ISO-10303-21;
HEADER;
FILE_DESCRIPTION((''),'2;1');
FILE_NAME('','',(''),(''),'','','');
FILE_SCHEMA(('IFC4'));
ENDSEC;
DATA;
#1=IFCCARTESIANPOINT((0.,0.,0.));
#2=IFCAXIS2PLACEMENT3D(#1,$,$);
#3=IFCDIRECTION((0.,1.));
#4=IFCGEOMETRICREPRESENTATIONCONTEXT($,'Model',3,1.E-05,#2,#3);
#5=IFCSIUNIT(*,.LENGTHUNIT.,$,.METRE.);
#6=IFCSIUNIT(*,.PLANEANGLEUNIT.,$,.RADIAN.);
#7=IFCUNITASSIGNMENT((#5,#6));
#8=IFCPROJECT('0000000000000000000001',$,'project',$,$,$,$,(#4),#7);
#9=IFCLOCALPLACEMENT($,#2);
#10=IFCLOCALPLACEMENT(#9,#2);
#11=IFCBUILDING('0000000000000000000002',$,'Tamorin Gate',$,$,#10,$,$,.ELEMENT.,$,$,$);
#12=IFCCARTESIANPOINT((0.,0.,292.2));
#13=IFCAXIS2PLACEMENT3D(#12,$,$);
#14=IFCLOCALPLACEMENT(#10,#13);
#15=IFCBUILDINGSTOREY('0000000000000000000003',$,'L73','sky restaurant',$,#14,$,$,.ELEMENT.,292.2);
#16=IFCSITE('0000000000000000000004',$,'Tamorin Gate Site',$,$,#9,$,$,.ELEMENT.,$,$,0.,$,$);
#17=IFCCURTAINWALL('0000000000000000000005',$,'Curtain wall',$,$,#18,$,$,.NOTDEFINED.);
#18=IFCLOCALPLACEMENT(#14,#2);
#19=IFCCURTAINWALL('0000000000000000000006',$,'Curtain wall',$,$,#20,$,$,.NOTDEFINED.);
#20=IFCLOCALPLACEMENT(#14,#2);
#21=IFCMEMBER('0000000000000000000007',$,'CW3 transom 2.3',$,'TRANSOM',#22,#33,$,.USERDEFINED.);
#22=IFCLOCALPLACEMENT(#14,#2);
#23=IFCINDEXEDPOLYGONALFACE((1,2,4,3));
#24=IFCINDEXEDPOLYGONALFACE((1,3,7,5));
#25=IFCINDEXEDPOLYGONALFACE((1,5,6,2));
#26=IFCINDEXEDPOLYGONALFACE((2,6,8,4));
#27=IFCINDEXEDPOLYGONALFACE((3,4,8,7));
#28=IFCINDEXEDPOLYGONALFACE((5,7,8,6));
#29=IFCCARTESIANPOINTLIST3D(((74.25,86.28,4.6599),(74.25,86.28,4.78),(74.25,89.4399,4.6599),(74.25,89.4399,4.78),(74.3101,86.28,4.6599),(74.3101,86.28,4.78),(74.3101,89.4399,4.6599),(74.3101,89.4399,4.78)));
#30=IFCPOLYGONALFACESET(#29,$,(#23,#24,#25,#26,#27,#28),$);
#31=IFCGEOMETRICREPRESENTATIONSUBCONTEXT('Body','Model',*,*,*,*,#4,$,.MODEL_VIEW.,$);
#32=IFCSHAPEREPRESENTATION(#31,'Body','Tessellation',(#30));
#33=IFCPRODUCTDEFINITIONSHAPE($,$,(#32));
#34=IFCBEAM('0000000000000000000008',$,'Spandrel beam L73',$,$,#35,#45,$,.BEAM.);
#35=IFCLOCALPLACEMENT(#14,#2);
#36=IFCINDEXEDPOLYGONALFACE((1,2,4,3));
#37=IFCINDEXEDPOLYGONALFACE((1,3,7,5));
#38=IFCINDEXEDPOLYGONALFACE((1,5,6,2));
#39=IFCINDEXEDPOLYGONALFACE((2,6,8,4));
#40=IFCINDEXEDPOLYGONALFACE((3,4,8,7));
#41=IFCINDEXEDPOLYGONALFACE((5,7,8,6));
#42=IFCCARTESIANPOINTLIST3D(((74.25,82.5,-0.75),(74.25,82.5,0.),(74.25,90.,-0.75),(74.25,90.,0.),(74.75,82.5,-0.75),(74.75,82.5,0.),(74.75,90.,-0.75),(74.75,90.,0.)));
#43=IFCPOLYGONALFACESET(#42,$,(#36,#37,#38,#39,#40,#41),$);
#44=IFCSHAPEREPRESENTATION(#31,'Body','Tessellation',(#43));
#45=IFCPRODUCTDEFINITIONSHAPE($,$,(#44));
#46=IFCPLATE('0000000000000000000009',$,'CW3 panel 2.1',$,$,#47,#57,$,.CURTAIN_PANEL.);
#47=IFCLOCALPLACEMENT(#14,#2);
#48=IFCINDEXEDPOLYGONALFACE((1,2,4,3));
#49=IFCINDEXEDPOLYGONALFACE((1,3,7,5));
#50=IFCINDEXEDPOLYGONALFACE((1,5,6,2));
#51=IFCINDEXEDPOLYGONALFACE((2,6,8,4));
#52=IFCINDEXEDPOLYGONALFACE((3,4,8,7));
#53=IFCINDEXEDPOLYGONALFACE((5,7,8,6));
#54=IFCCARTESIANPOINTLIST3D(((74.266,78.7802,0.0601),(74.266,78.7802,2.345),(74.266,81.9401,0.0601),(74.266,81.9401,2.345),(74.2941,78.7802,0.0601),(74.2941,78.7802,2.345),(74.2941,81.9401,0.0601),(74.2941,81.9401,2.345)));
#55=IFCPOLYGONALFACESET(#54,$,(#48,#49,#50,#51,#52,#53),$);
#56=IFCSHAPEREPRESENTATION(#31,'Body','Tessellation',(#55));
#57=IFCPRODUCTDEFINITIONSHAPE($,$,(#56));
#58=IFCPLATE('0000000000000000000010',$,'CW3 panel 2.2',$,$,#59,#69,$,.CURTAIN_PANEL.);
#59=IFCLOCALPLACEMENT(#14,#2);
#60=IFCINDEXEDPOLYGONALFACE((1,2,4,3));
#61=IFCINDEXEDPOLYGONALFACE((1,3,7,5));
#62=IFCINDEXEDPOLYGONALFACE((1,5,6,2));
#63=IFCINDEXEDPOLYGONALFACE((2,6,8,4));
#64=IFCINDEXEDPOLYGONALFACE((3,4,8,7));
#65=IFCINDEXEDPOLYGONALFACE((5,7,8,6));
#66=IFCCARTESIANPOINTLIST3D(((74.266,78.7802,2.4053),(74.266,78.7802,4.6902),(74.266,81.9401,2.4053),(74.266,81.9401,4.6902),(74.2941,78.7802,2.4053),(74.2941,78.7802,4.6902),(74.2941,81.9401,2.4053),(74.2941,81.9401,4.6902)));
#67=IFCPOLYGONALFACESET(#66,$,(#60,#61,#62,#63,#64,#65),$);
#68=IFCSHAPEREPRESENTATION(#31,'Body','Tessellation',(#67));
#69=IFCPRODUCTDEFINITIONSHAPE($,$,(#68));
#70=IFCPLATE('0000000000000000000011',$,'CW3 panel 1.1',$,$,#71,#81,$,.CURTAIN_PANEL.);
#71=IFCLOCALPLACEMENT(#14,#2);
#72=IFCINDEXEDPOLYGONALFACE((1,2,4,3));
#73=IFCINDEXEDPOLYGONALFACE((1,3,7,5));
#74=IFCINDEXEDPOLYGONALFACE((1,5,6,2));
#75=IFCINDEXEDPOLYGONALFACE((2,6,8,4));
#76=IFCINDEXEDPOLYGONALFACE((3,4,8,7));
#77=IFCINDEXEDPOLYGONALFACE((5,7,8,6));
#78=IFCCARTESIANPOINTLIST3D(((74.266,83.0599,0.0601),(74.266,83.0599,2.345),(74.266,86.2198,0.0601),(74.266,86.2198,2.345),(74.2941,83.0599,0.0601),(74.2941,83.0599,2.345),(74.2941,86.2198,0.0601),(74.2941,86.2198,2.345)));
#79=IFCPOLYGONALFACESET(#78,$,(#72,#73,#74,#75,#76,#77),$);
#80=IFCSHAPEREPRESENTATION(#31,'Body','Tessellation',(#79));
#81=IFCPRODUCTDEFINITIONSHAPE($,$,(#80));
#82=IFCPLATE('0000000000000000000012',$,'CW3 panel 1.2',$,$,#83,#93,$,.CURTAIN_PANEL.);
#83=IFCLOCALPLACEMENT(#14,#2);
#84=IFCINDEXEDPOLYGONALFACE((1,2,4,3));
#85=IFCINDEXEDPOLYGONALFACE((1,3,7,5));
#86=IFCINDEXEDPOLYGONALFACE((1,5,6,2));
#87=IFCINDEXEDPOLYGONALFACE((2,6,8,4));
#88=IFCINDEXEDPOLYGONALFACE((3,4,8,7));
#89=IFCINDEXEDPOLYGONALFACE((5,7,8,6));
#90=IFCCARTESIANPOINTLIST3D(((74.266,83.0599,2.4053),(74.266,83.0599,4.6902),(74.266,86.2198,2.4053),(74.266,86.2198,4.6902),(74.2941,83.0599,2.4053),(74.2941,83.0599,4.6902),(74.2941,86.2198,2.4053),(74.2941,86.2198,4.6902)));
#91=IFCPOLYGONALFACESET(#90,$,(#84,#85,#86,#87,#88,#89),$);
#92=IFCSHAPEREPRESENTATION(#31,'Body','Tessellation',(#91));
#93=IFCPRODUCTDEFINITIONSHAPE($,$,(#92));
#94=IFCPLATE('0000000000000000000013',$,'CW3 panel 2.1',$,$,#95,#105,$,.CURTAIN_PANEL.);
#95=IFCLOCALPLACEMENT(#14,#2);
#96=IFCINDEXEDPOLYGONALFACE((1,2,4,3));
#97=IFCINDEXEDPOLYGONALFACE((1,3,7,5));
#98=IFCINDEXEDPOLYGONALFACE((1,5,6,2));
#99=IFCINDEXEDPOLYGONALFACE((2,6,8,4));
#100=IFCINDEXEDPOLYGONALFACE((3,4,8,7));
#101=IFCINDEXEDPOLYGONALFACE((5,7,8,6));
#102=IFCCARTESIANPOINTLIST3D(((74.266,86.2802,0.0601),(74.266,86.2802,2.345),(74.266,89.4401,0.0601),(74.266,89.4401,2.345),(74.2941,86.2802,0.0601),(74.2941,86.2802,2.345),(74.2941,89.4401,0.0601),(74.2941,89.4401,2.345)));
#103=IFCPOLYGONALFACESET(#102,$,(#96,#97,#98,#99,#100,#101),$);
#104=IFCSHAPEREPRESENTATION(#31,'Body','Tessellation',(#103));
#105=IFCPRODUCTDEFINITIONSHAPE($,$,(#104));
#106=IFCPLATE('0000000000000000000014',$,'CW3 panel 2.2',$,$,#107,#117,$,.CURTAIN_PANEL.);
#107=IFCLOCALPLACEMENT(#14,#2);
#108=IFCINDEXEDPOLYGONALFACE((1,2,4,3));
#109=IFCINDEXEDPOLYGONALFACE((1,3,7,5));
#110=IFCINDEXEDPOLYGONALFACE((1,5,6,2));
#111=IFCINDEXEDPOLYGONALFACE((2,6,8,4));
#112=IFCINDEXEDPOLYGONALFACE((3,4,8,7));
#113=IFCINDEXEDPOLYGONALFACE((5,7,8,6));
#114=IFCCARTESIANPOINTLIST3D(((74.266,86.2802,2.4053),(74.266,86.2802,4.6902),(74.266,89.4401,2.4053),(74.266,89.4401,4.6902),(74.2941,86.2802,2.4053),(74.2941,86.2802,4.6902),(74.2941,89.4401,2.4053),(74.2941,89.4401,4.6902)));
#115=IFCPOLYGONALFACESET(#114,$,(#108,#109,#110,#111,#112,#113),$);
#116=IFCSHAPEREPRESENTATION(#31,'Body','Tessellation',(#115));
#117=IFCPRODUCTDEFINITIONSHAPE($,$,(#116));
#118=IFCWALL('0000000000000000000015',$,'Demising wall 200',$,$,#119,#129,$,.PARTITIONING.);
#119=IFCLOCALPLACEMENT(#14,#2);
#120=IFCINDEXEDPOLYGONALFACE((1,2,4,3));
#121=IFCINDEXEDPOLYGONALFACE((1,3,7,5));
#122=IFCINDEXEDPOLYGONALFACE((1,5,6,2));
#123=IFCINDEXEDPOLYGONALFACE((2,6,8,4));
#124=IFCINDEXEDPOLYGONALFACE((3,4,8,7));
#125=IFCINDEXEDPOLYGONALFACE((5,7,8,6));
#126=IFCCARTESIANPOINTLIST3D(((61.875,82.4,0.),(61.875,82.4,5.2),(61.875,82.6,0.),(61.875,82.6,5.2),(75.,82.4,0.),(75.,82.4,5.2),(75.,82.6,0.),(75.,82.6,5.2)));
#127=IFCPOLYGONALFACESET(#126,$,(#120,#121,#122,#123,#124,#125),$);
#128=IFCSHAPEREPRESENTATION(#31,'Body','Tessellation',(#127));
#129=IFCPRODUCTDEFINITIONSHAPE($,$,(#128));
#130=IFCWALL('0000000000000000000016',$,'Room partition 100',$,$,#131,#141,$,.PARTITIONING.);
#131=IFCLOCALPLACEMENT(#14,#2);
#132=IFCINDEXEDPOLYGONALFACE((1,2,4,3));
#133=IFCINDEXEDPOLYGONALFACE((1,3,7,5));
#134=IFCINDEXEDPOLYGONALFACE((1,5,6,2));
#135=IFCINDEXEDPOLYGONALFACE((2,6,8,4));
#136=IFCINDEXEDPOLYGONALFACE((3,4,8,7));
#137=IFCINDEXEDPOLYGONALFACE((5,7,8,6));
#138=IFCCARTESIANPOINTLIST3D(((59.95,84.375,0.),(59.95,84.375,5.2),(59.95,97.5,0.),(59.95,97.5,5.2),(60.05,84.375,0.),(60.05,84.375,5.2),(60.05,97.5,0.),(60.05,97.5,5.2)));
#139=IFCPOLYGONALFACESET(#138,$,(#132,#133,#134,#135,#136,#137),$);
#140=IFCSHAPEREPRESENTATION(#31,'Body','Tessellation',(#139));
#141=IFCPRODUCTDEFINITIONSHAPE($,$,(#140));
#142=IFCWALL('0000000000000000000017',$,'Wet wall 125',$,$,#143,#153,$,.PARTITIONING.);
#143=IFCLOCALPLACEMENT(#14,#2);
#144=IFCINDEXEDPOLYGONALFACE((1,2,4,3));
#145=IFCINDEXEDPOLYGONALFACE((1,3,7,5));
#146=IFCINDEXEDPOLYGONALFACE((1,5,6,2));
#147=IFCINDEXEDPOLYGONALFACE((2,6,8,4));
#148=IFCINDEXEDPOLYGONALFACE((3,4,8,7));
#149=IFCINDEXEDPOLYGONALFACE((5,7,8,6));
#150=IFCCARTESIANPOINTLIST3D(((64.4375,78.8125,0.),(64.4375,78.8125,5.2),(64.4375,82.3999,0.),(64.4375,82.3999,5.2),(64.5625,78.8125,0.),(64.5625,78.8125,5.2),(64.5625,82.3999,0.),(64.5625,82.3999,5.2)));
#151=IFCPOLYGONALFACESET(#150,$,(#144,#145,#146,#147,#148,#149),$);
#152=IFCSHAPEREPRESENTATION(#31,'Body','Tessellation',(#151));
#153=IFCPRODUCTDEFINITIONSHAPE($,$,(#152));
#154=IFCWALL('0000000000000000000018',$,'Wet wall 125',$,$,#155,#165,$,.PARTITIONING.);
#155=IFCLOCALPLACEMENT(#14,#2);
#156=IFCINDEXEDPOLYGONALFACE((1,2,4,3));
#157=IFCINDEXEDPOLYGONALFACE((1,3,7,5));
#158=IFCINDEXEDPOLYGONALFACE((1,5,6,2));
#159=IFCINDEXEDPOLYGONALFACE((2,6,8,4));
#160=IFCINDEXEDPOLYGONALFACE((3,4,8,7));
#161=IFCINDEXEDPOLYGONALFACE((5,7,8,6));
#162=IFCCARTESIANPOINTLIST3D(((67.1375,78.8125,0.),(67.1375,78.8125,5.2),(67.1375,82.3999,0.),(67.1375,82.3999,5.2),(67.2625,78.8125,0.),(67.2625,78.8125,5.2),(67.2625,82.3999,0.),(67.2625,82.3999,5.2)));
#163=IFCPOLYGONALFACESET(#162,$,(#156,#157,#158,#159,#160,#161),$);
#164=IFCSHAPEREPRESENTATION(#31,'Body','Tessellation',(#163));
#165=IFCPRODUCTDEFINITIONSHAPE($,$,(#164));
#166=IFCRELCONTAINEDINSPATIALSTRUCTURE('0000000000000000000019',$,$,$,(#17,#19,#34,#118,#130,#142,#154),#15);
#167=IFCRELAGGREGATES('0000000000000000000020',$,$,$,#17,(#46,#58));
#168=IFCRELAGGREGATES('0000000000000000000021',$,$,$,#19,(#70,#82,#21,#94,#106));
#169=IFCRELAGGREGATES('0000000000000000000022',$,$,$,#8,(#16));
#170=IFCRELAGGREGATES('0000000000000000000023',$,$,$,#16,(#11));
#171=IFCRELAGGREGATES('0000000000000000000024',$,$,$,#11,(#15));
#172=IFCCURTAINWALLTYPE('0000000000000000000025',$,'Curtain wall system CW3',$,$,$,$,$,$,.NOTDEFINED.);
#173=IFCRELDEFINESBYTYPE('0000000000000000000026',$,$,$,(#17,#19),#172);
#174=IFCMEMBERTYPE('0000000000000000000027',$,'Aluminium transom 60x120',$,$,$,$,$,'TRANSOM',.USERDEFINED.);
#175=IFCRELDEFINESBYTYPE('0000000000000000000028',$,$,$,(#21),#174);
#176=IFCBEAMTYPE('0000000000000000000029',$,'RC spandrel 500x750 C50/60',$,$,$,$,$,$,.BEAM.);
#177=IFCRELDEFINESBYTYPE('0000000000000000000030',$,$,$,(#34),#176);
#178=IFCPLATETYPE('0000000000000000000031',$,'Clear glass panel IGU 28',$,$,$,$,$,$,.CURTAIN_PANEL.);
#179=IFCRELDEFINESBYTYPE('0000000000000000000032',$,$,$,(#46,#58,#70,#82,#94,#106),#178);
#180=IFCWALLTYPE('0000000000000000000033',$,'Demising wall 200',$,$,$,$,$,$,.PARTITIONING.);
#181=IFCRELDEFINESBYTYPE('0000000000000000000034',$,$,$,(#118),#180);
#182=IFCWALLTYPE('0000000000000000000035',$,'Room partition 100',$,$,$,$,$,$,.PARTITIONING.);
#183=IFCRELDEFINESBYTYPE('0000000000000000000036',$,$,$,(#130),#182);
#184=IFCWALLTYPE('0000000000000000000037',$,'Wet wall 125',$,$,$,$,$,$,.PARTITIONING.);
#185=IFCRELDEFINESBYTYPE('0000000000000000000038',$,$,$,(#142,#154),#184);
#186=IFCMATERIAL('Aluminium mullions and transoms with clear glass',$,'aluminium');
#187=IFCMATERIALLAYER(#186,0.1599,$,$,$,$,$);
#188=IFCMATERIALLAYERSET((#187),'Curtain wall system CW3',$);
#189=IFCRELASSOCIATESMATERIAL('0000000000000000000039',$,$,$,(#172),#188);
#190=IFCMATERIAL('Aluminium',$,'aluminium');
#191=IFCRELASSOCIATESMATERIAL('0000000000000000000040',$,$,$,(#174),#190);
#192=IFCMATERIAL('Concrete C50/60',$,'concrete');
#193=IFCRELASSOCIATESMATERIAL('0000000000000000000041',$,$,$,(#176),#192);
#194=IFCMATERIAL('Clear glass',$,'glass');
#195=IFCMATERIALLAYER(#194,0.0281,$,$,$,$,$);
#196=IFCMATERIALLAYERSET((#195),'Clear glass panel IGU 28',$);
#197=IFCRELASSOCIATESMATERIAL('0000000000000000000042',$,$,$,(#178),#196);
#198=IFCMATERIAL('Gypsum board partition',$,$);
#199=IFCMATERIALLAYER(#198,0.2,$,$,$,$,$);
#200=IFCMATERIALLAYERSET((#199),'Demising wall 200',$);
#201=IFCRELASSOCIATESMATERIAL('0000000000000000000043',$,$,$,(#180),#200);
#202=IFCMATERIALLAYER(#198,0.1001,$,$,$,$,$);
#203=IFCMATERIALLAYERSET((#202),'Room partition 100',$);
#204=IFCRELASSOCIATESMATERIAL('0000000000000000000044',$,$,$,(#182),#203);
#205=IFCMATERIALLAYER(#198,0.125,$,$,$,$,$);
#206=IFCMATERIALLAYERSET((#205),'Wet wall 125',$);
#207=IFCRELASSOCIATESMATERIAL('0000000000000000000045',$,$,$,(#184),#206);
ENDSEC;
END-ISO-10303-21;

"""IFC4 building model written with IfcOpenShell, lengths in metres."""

from ifc_helpers import new_model, si_unit, direction, frame, frame_2d, origin, origin_2d, place, context, subcontext, project, spatial, rectangle, extrude, material, layer, layer_set, material_profile, profile_set, type_object, element, aggregate, save


model = new_model("IFC4")

# Units and contexts
model_context = context("Model", 3, precision=1e-05, world=origin(), true_north=direction((0.0, 1.0)))
body_context = subcontext(model_context, "Body", "Model", "MODEL_VIEW")
ifc_project = project(units=[si_unit("LENGTHUNIT", "METRE"), si_unit("PLANEANGLEUNIT", "RADIAN")], contexts=[model_context])

# Site, building, storey
site_placement = place(None, origin())
site = spatial("IfcSite", under=ifc_project, at=site_placement, Name="Tamorin Gate Site", CompositionType="ELEMENT", RefElevation=0.0)
building_placement = place(site_placement, origin())
building = spatial("IfcBuilding", under=site, at=building_placement, Name="Tamorin Gate", CompositionType="ELEMENT")
storey_placement = place(building_placement, frame((0.0, 0.0, 292.2)))
storey = spatial("IfcBuildingStorey", under=building, at=storey_placement, Name="L73", Description="sky restaurant", CompositionType="ELEMENT", Elevation=292.2)

# Shared definitions
ifc_material_1 = material(Name="Concrete C50/60", Category="concrete")

# Curtain walls
ifc_material_2 = material(Name="Aluminium mullions and transoms with clear glass", Category="aluminium")
ifc_layer_1 = layer(ifc_material_2, 0.1599)
ifc_layer_set_1 = layer_set([ifc_layer_1], Name="Curtain wall system CW3")
curtain_wall_type = type_object("IfcCurtainWallType", Name="Curtain wall system CW3", PredefinedType="NOTDEFINED", material=ifc_layer_set_1)
curtain_wall_1_placement = place(storey_placement, origin())
curtain_wall_1 = element("IfcCurtainWall", 1, at=curtain_wall_1_placement, inside=storey, type_object=curtain_wall_type, Name="Curtain wall", PredefinedType="NOTDEFINED")
ifc_material_3 = material(Name="Aluminium", Category="aluminium")
curtain_wall_2_placement = place(storey_placement, origin())
curtain_wall_2 = element("IfcCurtainWall", 2, at=curtain_wall_2_placement, inside=storey, type_object=curtain_wall_type, Name="Curtain wall", PredefinedType="NOTDEFINED")

# Member
ifc_material_profile_1 = material_profile(ifc_material_3, rectangle(XDim=0.0601, YDim=0.1201, at=origin_2d()), Name="RECT 60x120")
ifc_profile_set_1 = profile_set([ifc_material_profile_1], Name="Aluminium")
member_type_1 = type_object("IfcMemberType", Name="Aluminium transom 60x120", ElementType="TRANSOM", PredefinedType="USERDEFINED", material=ifc_profile_set_1)
member_1_placement = place(storey_placement, frame((74.28, 86.28, 4.72), z_axis=(0.0, 1.0, 0.0), x_axis=(-1.0, 0.0, 0.0)))
member_1 = element("IfcMember", 3, at=member_1_placement, type_object=member_type_1, Name="CW3 transom 2.3", ObjectType="TRANSOM", PredefinedType="USERDEFINED", context=body_context, shape_type="SweptSolid", body=[
    extrude(rectangle(XDim=0.0601, YDim=0.1201, at=origin_2d()), origin(), (0.0, 0.0, 1.0), 3.1599),
])

# Beam
ifc_material_profile_2 = material_profile(ifc_material_1, rectangle(XDim=0.5, YDim=0.75, at=origin_2d()), Name="RC 500x750")
ifc_profile_set_2 = profile_set([ifc_material_profile_2], Name="Concrete C50/60")
beam_type = type_object("IfcBeamType", Name="RC spandrel 500x750 C50/60", PredefinedType="BEAM", material=ifc_profile_set_2)
beam_placement = place(storey_placement, frame((74.5, 82.5, -0.375), z_axis=(0.0, 1.0, 0.0), x_axis=(-1.0, 0.0, 0.0)))
element("IfcBeam", 4, at=beam_placement, inside=storey, type_object=beam_type, Name="Spandrel beam L73", PredefinedType="BEAM", context=body_context, shape_type="SweptSolid", body=[
    extrude(rectangle(XDim=0.5, YDim=0.75, at=origin_2d()), origin(), (0.0, 0.0, 1.0), 7.5),
])

# Plates
ifc_material_4 = material(Name="Clear glass", Category="glass")
ifc_layer_2 = layer(ifc_material_4, 0.0281)
ifc_layer_set_2 = layer_set([ifc_layer_2], Name="Clear glass panel IGU 28")
plate_type = type_object("IfcPlateType", Name="Clear glass panel IGU 28", PredefinedType="CURTAIN_PANEL", material=ifc_layer_set_2)
plate_1_placement = place(storey_placement, frame((74.28, 80.3601, 0.0601), z_axis=(0.0, 0.0, 1.0), x_axis=(0.0, 1.0, 0.0)))
plate_1 = element("IfcPlate", 5, at=plate_1_placement, type_object=plate_type, Name="CW3 panel 2.1", PredefinedType="CURTAIN_PANEL", context=body_context, shape_type="SweptSolid", body=[
    extrude(rectangle(XDim=3.1599, YDim=0.0281, at=origin_2d()), origin(), (0.0, 0.0, 1.0), 2.2849),
])
plate_2_placement = place(storey_placement, frame((74.28, 80.3601, 2.4053), z_axis=(0.0, 0.0, 1.0), x_axis=(0.0, 1.0, 0.0)))
plate_2 = element("IfcPlate", 6, at=plate_2_placement, type_object=plate_type, Name="CW3 panel 2.2", PredefinedType="CURTAIN_PANEL", context=body_context, shape_type="SweptSolid", body=[
    extrude(rectangle(XDim=3.1599, YDim=0.0281, at=origin_2d()), origin(), (0.0, 0.0, 1.0), 2.2849),
])
aggregate(curtain_wall_1, [plate_1, plate_2])
plate_3_placement = place(storey_placement, frame((74.28, 84.6399, 0.0601), z_axis=(0.0, 0.0, 1.0), x_axis=(0.0, 1.0, 0.0)))
plate_3 = element("IfcPlate", 7, at=plate_3_placement, type_object=plate_type, Name="CW3 panel 1.1", PredefinedType="CURTAIN_PANEL", context=body_context, shape_type="SweptSolid", body=[
    extrude(rectangle(XDim=3.1599, YDim=0.0281, at=origin_2d()), origin(), (0.0, 0.0, 1.0), 2.2849),
])
plate_4_placement = place(storey_placement, frame((74.28, 84.6399, 2.4053), z_axis=(0.0, 0.0, 1.0), x_axis=(0.0, 1.0, 0.0)))
plate_4 = element("IfcPlate", 8, at=plate_4_placement, type_object=plate_type, Name="CW3 panel 1.2", PredefinedType="CURTAIN_PANEL", context=body_context, shape_type="SweptSolid", body=[
    extrude(rectangle(XDim=3.1599, YDim=0.0281, at=origin_2d()), origin(), (0.0, 0.0, 1.0), 2.2849),
])
plate_5_placement = place(storey_placement, frame((74.28, 87.8601, 0.0601), z_axis=(0.0, 0.0, 1.0), x_axis=(0.0, 1.0, 0.0)))
plate_5 = element("IfcPlate", 9, at=plate_5_placement, type_object=plate_type, Name="CW3 panel 2.1", PredefinedType="CURTAIN_PANEL", context=body_context, shape_type="SweptSolid", body=[
    extrude(rectangle(XDim=3.1599, YDim=0.0281, at=origin_2d()), origin(), (0.0, 0.0, 1.0), 2.2849),
])
plate_6_placement = place(storey_placement, frame((74.28, 87.8601, 2.4053), z_axis=(0.0, 0.0, 1.0), x_axis=(0.0, 1.0, 0.0)))
plate_6 = element("IfcPlate", 10, at=plate_6_placement, type_object=plate_type, Name="CW3 panel 2.2", PredefinedType="CURTAIN_PANEL", context=body_context, shape_type="SweptSolid", body=[
    extrude(rectangle(XDim=3.1599, YDim=0.0281, at=origin_2d()), origin(), (0.0, 0.0, 1.0), 2.2849),
])
aggregate(curtain_wall_2, [plate_3, plate_4, member_1, plate_5, plate_6])

# Walls
ifc_material_5 = material(Name="Gypsum board partition")
ifc_layer_3 = layer(ifc_material_5, 0.2)
ifc_layer_set_3 = layer_set([ifc_layer_3], Name="Demising wall 200")
wall_type_1 = type_object("IfcWallType", Name="Demising wall 200", PredefinedType="PARTITIONING", material=ifc_layer_set_3)
wall_1_placement = place(storey_placement, frame((61.875, 82.5, 0.0), z_axis=(0.0, 0.0, 1.0), x_axis=(1.0, 0.0, 0.0)))
element("IfcWall", 11, at=wall_1_placement, inside=storey, type_object=wall_type_1, Name="Demising wall 200", PredefinedType="PARTITIONING", context=body_context, shape_type="SweptSolid", body=[
    extrude(rectangle(XDim=13.125, YDim=0.2, at=frame_2d((6.5625, 0.0))), origin(), (0.0, 0.0, 1.0), 5.2),
])
ifc_layer_4 = layer(ifc_material_5, 0.1001)
ifc_layer_set_4 = layer_set([ifc_layer_4], Name="Room partition 100")
wall_type_2 = type_object("IfcWallType", Name="Room partition 100", PredefinedType="PARTITIONING", material=ifc_layer_set_4)
wall_2_placement = place(storey_placement, frame((60.0, 84.375, 0.0), z_axis=(0.0, 0.0, 1.0), x_axis=(0.0, 1.0, 0.0)))
element("IfcWall", 12, at=wall_2_placement, inside=storey, type_object=wall_type_2, Name="Room partition 100", PredefinedType="PARTITIONING", context=body_context, shape_type="SweptSolid", body=[
    extrude(rectangle(XDim=13.125, YDim=0.1001, at=frame_2d((6.5625, 0.0))), origin(), (0.0, 0.0, 1.0), 5.2),
])
ifc_layer_5 = layer(ifc_material_5, 0.125)
ifc_layer_set_5 = layer_set([ifc_layer_5], Name="Wet wall 125")
wall_type_3 = type_object("IfcWallType", Name="Wet wall 125", PredefinedType="PARTITIONING", material=ifc_layer_set_5)
for number, where, z_axis, x_axis, name in (
    (13, (64.5, 78.8125, 0.0), (0.0, 0.0, 1.0), (0.0, 1.0, 0.0), "Wet wall 125"),
    (14, (67.2, 78.8125, 0.0), (0.0, 0.0, 1.0), (0.0, 1.0, 0.0), "Wet wall 125"),
):
    element("IfcWall", number, at=place(storey_placement, frame(where, z_axis=z_axis, x_axis=x_axis)), inside=storey, type_object=wall_type_3, Name=name, PredefinedType="PARTITIONING", context=body_context, shape_type="SweptSolid", body=[
        extrude(rectangle(XDim=3.5874, YDim=0.125, at=frame_2d((1.7937, 0.0))), origin(), (0.0, 0.0, 1.0), 5.2),
    ])

save(model, "model.ifc")
